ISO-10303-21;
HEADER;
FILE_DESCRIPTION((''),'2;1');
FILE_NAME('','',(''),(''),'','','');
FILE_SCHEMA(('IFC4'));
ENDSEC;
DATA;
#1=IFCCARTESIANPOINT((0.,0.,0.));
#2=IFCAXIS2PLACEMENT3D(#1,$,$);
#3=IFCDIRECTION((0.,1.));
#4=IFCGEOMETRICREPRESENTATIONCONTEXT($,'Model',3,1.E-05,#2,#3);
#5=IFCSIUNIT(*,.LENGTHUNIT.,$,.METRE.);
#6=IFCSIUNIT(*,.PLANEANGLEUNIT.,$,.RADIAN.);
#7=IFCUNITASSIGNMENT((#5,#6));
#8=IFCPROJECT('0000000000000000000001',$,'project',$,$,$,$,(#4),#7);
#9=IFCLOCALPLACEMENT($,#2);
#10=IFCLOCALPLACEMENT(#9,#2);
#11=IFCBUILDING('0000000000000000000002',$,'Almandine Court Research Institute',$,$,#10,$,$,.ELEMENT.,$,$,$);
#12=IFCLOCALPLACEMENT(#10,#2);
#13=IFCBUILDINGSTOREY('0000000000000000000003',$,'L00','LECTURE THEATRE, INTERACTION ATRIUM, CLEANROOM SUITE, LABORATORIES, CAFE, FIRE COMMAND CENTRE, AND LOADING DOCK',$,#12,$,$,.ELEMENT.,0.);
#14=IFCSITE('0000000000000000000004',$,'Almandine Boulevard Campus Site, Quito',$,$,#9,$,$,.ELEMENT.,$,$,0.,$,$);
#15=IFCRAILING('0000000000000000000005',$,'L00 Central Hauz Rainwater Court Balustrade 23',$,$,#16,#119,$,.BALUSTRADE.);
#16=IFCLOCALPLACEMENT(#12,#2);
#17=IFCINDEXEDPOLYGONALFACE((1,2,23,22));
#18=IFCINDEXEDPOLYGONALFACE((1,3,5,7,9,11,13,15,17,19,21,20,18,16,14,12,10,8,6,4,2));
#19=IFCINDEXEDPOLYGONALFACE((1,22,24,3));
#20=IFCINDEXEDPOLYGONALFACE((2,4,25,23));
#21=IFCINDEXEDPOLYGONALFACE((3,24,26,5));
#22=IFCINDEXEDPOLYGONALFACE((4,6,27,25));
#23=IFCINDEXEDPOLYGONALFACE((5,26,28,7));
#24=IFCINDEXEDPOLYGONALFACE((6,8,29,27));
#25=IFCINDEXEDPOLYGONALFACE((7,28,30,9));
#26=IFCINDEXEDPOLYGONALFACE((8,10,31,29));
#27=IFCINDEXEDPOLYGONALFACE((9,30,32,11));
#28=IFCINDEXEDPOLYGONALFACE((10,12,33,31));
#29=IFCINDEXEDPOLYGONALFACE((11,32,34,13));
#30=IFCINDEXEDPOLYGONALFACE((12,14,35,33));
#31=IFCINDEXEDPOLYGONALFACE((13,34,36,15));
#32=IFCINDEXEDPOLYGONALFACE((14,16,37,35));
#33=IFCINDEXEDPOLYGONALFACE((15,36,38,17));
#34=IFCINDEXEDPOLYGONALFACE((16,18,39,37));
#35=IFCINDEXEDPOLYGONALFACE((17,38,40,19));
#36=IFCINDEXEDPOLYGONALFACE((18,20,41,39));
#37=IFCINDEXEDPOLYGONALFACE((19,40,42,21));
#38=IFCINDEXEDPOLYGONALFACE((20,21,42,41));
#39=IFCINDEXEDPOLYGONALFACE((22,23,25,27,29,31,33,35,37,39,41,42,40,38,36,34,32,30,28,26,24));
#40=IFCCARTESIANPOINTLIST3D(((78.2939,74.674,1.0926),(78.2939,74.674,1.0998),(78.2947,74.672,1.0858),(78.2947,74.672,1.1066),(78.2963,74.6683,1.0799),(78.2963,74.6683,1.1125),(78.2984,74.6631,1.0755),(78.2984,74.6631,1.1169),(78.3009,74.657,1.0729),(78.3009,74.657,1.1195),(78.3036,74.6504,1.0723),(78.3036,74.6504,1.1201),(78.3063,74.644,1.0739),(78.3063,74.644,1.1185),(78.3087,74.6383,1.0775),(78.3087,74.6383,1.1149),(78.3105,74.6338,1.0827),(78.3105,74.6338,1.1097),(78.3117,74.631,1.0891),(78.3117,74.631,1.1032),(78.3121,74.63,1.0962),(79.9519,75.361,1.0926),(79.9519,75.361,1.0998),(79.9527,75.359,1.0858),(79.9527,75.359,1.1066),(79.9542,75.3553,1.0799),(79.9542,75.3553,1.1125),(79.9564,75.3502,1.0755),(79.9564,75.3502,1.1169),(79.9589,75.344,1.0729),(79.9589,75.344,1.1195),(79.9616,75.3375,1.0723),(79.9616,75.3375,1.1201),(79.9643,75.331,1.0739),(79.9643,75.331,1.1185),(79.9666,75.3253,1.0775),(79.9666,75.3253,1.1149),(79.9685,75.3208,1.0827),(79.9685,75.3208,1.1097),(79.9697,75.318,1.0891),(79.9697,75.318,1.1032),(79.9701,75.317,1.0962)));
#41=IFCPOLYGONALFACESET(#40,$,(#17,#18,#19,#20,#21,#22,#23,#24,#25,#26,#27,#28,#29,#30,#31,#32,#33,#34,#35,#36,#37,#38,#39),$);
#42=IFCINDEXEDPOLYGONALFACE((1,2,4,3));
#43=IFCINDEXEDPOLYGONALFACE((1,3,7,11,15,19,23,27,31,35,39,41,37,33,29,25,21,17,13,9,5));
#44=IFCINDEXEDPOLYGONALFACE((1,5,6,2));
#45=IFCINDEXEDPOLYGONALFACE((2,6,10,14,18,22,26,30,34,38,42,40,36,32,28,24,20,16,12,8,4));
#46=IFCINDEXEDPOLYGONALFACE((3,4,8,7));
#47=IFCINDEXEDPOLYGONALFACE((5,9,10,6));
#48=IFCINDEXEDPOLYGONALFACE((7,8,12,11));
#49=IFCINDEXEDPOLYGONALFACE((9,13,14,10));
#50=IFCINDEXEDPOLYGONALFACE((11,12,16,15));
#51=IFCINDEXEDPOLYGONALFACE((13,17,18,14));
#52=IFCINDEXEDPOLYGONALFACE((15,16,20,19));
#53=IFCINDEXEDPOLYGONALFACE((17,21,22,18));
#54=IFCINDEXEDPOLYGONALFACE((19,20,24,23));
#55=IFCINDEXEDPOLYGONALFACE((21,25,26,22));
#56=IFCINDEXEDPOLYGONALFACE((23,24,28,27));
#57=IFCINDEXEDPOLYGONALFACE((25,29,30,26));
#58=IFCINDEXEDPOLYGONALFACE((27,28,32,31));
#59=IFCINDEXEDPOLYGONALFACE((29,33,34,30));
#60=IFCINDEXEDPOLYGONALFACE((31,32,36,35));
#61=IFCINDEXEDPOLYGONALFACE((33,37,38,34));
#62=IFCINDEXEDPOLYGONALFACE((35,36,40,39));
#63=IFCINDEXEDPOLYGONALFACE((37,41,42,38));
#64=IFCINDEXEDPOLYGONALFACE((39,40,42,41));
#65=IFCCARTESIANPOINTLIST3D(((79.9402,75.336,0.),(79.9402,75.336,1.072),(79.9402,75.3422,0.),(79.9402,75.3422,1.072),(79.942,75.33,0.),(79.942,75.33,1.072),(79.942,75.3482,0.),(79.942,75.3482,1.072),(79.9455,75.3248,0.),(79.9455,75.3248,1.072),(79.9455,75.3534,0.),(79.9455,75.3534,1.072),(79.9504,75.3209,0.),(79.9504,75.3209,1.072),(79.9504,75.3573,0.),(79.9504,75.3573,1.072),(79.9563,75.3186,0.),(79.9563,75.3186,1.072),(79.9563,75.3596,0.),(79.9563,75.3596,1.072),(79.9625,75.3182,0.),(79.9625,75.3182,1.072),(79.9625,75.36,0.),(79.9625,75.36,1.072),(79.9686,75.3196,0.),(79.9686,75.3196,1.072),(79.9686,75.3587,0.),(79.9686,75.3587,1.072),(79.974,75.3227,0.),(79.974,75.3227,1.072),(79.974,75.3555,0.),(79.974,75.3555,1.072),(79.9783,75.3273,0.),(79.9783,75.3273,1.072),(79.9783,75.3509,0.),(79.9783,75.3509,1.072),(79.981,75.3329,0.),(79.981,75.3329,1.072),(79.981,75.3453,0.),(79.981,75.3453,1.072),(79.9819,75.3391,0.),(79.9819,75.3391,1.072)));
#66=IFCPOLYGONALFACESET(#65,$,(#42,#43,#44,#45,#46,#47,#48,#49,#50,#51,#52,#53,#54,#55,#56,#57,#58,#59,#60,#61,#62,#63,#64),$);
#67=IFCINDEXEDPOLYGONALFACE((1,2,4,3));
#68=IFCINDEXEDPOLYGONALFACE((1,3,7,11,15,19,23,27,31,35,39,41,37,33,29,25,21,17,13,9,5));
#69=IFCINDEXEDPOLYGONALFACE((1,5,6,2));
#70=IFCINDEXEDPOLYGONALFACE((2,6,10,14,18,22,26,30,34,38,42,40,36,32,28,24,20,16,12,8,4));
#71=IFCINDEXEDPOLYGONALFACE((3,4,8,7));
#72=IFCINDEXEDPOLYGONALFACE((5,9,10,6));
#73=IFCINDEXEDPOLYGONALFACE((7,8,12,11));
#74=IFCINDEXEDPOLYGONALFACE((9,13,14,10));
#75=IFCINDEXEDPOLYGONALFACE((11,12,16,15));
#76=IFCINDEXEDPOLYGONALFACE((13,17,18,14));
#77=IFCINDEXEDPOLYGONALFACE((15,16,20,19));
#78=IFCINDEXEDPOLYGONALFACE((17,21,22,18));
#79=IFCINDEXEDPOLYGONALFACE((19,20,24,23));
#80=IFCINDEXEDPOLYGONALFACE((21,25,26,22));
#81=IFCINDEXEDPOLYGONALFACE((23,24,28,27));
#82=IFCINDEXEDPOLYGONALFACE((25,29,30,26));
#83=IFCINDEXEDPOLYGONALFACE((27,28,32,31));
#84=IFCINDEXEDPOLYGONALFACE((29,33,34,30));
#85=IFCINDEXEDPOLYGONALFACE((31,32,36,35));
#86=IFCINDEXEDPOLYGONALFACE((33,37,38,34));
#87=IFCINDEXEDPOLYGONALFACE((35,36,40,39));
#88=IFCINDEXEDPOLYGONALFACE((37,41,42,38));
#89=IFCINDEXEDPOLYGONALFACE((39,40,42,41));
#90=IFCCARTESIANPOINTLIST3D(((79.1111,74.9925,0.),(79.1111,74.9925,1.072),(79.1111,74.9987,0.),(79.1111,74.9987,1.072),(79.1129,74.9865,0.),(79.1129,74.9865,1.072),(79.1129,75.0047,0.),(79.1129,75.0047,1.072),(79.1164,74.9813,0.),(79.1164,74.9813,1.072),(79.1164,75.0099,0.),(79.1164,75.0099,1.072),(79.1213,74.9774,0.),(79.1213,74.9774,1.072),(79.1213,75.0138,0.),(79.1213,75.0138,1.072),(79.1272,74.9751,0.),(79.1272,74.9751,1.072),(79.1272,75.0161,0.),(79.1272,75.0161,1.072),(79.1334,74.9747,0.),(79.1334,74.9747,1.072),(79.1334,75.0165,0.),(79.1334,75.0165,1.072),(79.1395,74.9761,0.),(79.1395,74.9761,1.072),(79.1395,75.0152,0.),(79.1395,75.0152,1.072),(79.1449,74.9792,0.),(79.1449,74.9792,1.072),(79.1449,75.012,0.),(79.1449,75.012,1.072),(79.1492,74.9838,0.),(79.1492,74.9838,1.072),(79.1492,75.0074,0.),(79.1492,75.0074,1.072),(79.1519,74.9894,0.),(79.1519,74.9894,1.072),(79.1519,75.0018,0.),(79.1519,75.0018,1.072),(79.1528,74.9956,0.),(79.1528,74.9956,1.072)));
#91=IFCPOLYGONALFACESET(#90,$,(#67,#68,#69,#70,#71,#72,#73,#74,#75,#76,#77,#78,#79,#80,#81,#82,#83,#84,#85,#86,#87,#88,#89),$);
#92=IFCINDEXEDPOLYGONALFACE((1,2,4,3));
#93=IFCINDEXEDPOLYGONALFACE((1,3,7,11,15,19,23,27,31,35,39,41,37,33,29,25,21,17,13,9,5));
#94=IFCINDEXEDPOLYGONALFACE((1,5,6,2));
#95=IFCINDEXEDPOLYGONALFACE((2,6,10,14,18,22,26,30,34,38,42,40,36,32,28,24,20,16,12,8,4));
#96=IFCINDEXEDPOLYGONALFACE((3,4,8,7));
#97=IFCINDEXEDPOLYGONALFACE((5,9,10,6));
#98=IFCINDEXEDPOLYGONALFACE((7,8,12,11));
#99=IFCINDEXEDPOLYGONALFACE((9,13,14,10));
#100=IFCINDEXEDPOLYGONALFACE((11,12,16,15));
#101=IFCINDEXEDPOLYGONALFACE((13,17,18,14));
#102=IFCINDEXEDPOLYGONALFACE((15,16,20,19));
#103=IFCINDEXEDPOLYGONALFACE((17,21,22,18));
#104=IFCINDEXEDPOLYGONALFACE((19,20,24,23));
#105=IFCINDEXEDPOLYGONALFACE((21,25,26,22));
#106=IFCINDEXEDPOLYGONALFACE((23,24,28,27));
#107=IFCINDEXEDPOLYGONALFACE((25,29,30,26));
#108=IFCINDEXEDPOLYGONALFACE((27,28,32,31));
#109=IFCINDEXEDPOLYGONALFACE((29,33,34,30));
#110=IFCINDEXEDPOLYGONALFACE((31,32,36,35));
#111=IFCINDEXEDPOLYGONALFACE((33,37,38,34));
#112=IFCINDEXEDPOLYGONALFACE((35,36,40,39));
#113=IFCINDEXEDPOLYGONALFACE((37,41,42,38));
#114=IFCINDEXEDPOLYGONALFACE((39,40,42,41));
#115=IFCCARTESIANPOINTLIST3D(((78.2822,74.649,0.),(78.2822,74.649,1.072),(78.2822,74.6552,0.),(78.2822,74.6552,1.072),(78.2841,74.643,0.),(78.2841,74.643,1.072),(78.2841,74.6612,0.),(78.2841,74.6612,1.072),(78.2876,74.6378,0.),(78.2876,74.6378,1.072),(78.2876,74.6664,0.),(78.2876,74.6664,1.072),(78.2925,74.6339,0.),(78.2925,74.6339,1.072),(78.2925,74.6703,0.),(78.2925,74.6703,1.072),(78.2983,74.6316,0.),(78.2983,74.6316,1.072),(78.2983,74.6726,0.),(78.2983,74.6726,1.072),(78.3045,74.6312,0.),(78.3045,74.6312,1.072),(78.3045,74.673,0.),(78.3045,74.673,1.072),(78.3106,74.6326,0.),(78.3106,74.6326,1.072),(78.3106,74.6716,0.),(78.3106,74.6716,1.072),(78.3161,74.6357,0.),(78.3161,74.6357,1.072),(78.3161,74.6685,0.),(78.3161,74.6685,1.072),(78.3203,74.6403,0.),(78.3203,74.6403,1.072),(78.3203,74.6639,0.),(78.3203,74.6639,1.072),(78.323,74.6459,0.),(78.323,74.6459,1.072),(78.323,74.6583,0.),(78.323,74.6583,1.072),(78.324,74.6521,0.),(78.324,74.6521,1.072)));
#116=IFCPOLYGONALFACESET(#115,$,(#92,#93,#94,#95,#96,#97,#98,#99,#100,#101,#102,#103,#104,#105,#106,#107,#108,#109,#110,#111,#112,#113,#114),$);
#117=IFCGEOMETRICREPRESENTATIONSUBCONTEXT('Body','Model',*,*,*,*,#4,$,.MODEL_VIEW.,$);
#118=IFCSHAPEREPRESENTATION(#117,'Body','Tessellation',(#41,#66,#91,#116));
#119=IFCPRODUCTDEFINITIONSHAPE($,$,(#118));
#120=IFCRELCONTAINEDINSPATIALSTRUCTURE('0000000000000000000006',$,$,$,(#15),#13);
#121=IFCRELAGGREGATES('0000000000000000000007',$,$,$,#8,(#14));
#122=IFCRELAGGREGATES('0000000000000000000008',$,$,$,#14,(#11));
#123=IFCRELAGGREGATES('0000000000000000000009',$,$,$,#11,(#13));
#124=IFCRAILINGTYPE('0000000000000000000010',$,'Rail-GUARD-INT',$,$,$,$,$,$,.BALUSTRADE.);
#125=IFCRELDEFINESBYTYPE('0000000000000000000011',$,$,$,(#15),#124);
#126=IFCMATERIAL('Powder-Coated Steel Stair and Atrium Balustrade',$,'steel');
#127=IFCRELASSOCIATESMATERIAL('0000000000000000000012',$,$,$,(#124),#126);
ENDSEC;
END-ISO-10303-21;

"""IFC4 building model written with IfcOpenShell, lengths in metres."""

from ifc_helpers import new_model, si_unit, direction, frame, origin, origin_2d, place, context, subcontext, project, spatial, circle, extrude, material, type_object, element, save


model = new_model("IFC4")

# Units and contexts
model_context = context("Model", 3, precision=1e-05, world=origin(), true_north=direction((0.0, 1.0)))
body_context = subcontext(model_context, "Body", "Model", "MODEL_VIEW")
ifc_project = project(units=[si_unit("LENGTHUNIT", "METRE"), si_unit("PLANEANGLEUNIT", "RADIAN")], contexts=[model_context])

# Site, building, storey
site_placement = place(None, origin())
site = spatial("IfcSite", under=ifc_project, at=site_placement, Name="Almandine Boulevard Campus Site, Quito", CompositionType="ELEMENT", RefElevation=0.0)
building_placement = place(site_placement, origin())
building = spatial("IfcBuilding", under=site, at=building_placement, Name="Almandine Court Research Institute", CompositionType="ELEMENT")
storey_placement = place(building_placement, origin())
storey = spatial("IfcBuildingStorey", under=building, at=storey_placement, Name="L00", Description="LECTURE THEATRE, INTERACTION ATRIUM, CLEANROOM SUITE, LABORATORIES, CAFE, FIRE COMMAND CENTRE, AND LOADING DOCK", CompositionType="ELEMENT", Elevation=0.0)

# Railing
ifc_material_1 = material(Name="Powder-Coated Steel Stair and Atrium Balustrade", Category="steel")
railing_type = type_object("IfcRailingType", Name="Rail-GUARD-INT", PredefinedType="BALUSTRADE", material=ifc_material_1)
railing_1_placement = place(storey_placement, frame((79.9609, 75.3391, 0.0)))
element("IfcRailing", 1, at=railing_1_placement, inside=storey, type_object=railing_type, Name="L00 Central Hauz Rainwater Court Balustrade 23", PredefinedType="BALUSTRADE", context=body_context, shape_type="SweptSolid", body=[
    extrude(circle(Radius=0.0239, at=origin_2d()), frame((0.0, 0.0, 1.0962), z_axis=(-0.923828, -0.382808, 0.0), x_axis=(0.382808, -0.923828, 0.0)), (0.0, 0.0, 1.0), 1.7947),
    extrude(circle(Radius=0.021, at=origin_2d()), origin(), (0.0, 0.0, 1.0), 1.072),
    extrude(circle(Radius=0.021, at=origin_2d()), frame((-0.8291, -0.3435, 0.0)), (0.0, 0.0, 1.0), 1.072),
    extrude(circle(Radius=0.021, at=origin_2d()), frame((-1.658, -0.687, 0.0)), (0.0, 0.0, 1.0), 1.072),
])

save(model, "model.ifc")
